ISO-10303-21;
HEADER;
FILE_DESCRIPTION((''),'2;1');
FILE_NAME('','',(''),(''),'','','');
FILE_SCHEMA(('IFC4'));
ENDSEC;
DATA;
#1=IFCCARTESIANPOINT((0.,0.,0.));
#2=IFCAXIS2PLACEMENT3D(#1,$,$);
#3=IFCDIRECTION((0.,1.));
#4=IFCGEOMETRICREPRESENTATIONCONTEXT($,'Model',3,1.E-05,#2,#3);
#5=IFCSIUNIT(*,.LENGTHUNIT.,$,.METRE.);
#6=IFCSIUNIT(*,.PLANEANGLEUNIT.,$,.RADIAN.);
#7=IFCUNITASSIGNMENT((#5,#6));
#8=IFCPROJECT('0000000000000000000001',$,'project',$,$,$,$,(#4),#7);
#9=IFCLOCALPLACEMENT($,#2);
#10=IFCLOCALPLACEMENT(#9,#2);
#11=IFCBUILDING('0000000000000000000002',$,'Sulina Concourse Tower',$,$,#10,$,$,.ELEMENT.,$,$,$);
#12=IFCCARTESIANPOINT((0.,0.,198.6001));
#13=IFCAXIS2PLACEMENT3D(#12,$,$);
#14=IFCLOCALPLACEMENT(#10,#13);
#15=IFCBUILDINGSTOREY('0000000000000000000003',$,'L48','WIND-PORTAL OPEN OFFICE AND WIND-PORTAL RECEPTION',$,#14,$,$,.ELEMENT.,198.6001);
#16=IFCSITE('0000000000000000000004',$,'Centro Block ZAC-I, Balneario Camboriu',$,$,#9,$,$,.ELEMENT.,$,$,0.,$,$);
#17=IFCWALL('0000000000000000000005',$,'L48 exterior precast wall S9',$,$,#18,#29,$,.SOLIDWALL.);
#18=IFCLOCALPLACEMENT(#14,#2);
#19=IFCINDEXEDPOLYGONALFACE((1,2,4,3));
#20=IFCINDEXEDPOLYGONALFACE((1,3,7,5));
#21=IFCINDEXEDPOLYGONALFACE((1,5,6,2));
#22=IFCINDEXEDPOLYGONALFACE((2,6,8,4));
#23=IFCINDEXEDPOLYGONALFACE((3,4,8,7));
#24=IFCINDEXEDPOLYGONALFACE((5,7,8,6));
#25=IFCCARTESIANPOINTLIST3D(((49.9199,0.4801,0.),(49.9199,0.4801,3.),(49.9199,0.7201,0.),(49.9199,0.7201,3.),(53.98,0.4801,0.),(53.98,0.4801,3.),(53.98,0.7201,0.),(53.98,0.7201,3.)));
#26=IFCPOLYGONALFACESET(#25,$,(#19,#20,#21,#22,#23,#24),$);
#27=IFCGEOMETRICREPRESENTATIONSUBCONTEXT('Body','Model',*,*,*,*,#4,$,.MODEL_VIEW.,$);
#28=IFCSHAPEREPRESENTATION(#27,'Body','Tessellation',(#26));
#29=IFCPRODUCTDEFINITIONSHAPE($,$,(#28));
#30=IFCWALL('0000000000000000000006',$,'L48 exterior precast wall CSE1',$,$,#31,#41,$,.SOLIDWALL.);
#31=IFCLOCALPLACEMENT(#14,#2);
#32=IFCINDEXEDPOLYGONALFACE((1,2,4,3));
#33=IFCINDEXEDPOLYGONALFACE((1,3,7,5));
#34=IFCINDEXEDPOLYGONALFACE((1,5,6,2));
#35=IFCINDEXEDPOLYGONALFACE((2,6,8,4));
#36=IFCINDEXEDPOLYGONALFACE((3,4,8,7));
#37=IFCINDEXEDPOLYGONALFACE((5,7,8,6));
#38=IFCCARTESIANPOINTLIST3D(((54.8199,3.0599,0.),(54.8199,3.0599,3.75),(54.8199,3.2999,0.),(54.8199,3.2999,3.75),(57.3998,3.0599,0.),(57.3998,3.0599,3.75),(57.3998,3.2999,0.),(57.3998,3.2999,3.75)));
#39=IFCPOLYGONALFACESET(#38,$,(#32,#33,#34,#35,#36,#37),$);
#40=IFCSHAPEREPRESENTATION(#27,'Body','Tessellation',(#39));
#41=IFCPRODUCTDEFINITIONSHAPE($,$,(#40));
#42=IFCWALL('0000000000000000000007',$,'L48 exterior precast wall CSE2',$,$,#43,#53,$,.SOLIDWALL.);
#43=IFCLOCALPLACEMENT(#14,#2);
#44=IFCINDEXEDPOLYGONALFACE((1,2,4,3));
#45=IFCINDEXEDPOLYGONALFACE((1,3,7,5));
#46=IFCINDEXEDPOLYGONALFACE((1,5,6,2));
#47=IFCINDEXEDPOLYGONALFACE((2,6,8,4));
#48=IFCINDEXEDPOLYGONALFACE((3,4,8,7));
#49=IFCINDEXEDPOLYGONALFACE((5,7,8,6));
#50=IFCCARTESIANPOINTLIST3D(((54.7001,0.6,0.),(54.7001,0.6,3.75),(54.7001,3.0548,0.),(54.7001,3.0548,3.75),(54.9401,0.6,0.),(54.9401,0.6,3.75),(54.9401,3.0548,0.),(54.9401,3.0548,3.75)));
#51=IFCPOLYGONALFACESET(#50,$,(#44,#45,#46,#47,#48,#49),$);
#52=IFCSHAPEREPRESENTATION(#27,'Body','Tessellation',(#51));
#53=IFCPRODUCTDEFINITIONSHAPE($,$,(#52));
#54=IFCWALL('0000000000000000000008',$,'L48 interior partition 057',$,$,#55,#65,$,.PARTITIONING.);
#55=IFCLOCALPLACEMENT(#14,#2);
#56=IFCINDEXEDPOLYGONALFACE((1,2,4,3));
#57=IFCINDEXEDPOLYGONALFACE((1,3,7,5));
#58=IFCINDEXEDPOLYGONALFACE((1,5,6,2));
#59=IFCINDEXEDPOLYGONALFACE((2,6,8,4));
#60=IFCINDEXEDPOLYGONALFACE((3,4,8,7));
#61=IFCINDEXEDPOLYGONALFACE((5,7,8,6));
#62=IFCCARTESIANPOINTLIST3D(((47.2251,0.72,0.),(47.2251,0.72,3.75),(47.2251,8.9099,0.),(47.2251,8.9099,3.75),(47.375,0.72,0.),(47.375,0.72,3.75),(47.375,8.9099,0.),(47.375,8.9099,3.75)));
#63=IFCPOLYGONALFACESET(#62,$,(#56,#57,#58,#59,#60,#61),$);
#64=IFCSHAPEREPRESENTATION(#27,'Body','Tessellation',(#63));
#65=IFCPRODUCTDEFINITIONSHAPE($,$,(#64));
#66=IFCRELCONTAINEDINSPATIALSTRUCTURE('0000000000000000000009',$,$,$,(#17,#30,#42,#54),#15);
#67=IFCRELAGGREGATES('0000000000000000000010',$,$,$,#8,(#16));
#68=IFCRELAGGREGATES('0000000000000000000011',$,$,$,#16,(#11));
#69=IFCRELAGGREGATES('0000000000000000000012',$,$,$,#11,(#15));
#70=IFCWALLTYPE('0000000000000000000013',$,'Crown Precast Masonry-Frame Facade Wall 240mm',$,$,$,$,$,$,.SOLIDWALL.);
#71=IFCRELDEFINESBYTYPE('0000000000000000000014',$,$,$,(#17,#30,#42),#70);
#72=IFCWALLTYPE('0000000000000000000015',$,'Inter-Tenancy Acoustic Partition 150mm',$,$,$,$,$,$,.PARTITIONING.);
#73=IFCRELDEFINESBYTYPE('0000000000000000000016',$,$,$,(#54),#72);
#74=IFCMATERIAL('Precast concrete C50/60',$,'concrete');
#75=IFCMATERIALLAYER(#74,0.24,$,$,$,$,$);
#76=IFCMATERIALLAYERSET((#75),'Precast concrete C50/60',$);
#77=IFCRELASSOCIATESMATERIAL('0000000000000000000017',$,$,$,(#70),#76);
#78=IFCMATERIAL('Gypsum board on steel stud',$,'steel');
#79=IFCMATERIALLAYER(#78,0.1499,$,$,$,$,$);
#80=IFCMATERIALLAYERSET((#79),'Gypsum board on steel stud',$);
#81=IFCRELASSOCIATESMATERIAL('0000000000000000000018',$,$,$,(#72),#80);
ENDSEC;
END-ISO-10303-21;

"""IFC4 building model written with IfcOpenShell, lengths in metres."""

from ifc_helpers import new_model, si_unit, direction, frame, frame_2d, origin, place, context, subcontext, project, spatial, rectangle, extrude, material, layer, layer_set, type_object, element, save


model = new_model("IFC4")

# Units and contexts
model_context = context("Model", 3, precision=1e-05, world=origin(), true_north=direction((0.0, 1.0)))
body_context = subcontext(model_context, "Body", "Model", "MODEL_VIEW")
ifc_project = project(units=[si_unit("LENGTHUNIT", "METRE"), si_unit("PLANEANGLEUNIT", "RADIAN")], contexts=[model_context])

# Site, building, storey
site_placement = place(None, origin())
site = spatial("IfcSite", under=ifc_project, at=site_placement, Name="Centro Block ZAC-I, Balneario Camboriu", CompositionType="ELEMENT", RefElevation=0.0)
building_placement = place(site_placement, origin())
building = spatial("IfcBuilding", under=site, at=building_placement, Name="Sulina Concourse Tower", CompositionType="ELEMENT")
storey_placement = place(building_placement, frame((0.0, 0.0, 198.6001)))
storey = spatial("IfcBuildingStorey", under=building, at=storey_placement, Name="L48", Description="WIND-PORTAL OPEN OFFICE AND WIND-PORTAL RECEPTION", CompositionType="ELEMENT", Elevation=198.6001)

# Walls
ifc_material_1 = material(Name="Precast concrete C50/60", Category="concrete")
ifc_layer_1 = layer(ifc_material_1, 0.24)
ifc_layer_set_1 = layer_set([ifc_layer_1], Name="Precast concrete C50/60")
wall_type_1 = type_object("IfcWallType", Name="Crown Precast Masonry-Frame Facade Wall 240mm", PredefinedType="SOLIDWALL", material=ifc_layer_set_1)
wall_1_placement = place(storey_placement, frame((53.98, 0.6001, 0.0), z_axis=(0.0, 0.0, 1.0), x_axis=(-1.0, 0.0, 0.0)))
element("IfcWall", 1, at=wall_1_placement, inside=storey, type_object=wall_type_1, Name="L48 exterior precast wall S9", PredefinedType="SOLIDWALL", context=body_context, shape_type="SweptSolid", body=[
    extrude(rectangle(XDim=4.0601, YDim=0.24, at=frame_2d((2.03, 0.0))), origin(), (0.0, 0.0, 1.0), 3.0),
])
wall_2_placement = place(storey_placement, frame((57.3999, 3.1799, 0.0), z_axis=(0.0, 0.0, 1.0), x_axis=(-1.0, 0.0, 0.0)))
element("IfcWall", 2, at=wall_2_placement, inside=storey, type_object=wall_type_1, Name="L48 exterior precast wall CSE1", PredefinedType="SOLIDWALL", context=body_context, shape_type="SweptSolid", body=[
    extrude(rectangle(XDim=2.5798, YDim=0.24, at=frame_2d((1.29, 0.0))), origin(), (0.0, 0.0, 1.0), 3.75),
])
wall_3_placement = place(storey_placement, frame((54.8201, 3.0549, 0.0), z_axis=(0.0, 0.0, 1.0), x_axis=(0.0, -1.0, 0.0)))
element("IfcWall", 3, at=wall_3_placement, inside=storey, type_object=wall_type_1, Name="L48 exterior precast wall CSE2", PredefinedType="SOLIDWALL", context=body_context, shape_type="SweptSolid", body=[
    extrude(rectangle(XDim=2.4548, YDim=0.24, at=frame_2d((1.2275, 0.0))), origin(), (0.0, 0.0, 1.0), 3.75),
])
ifc_material_2 = material(Name="Gypsum board on steel stud", Category="steel")
ifc_layer_2 = layer(ifc_material_2, 0.1499)
ifc_layer_set_2 = layer_set([ifc_layer_2], Name="Gypsum board on steel stud")
wall_type_2 = type_object("IfcWallType", Name="Inter-Tenancy Acoustic Partition 150mm", PredefinedType="PARTITIONING", material=ifc_layer_set_2)
wall_4_placement = place(storey_placement, frame((47.3, 0.72, 0.0), z_axis=(0.0, 0.0, 1.0), x_axis=(0.0, 1.0, 0.0)))
element("IfcWall", 4, at=wall_4_placement, inside=storey, type_object=wall_type_2, Name="L48 interior partition 057", PredefinedType="PARTITIONING", context=body_context, shape_type="SweptSolid", body=[
    extrude(rectangle(XDim=8.1899, YDim=0.1499, at=frame_2d((4.095, 0.0))), origin(), (0.0, 0.0, 1.0), 3.75),
])

save(model, "model.ifc")
